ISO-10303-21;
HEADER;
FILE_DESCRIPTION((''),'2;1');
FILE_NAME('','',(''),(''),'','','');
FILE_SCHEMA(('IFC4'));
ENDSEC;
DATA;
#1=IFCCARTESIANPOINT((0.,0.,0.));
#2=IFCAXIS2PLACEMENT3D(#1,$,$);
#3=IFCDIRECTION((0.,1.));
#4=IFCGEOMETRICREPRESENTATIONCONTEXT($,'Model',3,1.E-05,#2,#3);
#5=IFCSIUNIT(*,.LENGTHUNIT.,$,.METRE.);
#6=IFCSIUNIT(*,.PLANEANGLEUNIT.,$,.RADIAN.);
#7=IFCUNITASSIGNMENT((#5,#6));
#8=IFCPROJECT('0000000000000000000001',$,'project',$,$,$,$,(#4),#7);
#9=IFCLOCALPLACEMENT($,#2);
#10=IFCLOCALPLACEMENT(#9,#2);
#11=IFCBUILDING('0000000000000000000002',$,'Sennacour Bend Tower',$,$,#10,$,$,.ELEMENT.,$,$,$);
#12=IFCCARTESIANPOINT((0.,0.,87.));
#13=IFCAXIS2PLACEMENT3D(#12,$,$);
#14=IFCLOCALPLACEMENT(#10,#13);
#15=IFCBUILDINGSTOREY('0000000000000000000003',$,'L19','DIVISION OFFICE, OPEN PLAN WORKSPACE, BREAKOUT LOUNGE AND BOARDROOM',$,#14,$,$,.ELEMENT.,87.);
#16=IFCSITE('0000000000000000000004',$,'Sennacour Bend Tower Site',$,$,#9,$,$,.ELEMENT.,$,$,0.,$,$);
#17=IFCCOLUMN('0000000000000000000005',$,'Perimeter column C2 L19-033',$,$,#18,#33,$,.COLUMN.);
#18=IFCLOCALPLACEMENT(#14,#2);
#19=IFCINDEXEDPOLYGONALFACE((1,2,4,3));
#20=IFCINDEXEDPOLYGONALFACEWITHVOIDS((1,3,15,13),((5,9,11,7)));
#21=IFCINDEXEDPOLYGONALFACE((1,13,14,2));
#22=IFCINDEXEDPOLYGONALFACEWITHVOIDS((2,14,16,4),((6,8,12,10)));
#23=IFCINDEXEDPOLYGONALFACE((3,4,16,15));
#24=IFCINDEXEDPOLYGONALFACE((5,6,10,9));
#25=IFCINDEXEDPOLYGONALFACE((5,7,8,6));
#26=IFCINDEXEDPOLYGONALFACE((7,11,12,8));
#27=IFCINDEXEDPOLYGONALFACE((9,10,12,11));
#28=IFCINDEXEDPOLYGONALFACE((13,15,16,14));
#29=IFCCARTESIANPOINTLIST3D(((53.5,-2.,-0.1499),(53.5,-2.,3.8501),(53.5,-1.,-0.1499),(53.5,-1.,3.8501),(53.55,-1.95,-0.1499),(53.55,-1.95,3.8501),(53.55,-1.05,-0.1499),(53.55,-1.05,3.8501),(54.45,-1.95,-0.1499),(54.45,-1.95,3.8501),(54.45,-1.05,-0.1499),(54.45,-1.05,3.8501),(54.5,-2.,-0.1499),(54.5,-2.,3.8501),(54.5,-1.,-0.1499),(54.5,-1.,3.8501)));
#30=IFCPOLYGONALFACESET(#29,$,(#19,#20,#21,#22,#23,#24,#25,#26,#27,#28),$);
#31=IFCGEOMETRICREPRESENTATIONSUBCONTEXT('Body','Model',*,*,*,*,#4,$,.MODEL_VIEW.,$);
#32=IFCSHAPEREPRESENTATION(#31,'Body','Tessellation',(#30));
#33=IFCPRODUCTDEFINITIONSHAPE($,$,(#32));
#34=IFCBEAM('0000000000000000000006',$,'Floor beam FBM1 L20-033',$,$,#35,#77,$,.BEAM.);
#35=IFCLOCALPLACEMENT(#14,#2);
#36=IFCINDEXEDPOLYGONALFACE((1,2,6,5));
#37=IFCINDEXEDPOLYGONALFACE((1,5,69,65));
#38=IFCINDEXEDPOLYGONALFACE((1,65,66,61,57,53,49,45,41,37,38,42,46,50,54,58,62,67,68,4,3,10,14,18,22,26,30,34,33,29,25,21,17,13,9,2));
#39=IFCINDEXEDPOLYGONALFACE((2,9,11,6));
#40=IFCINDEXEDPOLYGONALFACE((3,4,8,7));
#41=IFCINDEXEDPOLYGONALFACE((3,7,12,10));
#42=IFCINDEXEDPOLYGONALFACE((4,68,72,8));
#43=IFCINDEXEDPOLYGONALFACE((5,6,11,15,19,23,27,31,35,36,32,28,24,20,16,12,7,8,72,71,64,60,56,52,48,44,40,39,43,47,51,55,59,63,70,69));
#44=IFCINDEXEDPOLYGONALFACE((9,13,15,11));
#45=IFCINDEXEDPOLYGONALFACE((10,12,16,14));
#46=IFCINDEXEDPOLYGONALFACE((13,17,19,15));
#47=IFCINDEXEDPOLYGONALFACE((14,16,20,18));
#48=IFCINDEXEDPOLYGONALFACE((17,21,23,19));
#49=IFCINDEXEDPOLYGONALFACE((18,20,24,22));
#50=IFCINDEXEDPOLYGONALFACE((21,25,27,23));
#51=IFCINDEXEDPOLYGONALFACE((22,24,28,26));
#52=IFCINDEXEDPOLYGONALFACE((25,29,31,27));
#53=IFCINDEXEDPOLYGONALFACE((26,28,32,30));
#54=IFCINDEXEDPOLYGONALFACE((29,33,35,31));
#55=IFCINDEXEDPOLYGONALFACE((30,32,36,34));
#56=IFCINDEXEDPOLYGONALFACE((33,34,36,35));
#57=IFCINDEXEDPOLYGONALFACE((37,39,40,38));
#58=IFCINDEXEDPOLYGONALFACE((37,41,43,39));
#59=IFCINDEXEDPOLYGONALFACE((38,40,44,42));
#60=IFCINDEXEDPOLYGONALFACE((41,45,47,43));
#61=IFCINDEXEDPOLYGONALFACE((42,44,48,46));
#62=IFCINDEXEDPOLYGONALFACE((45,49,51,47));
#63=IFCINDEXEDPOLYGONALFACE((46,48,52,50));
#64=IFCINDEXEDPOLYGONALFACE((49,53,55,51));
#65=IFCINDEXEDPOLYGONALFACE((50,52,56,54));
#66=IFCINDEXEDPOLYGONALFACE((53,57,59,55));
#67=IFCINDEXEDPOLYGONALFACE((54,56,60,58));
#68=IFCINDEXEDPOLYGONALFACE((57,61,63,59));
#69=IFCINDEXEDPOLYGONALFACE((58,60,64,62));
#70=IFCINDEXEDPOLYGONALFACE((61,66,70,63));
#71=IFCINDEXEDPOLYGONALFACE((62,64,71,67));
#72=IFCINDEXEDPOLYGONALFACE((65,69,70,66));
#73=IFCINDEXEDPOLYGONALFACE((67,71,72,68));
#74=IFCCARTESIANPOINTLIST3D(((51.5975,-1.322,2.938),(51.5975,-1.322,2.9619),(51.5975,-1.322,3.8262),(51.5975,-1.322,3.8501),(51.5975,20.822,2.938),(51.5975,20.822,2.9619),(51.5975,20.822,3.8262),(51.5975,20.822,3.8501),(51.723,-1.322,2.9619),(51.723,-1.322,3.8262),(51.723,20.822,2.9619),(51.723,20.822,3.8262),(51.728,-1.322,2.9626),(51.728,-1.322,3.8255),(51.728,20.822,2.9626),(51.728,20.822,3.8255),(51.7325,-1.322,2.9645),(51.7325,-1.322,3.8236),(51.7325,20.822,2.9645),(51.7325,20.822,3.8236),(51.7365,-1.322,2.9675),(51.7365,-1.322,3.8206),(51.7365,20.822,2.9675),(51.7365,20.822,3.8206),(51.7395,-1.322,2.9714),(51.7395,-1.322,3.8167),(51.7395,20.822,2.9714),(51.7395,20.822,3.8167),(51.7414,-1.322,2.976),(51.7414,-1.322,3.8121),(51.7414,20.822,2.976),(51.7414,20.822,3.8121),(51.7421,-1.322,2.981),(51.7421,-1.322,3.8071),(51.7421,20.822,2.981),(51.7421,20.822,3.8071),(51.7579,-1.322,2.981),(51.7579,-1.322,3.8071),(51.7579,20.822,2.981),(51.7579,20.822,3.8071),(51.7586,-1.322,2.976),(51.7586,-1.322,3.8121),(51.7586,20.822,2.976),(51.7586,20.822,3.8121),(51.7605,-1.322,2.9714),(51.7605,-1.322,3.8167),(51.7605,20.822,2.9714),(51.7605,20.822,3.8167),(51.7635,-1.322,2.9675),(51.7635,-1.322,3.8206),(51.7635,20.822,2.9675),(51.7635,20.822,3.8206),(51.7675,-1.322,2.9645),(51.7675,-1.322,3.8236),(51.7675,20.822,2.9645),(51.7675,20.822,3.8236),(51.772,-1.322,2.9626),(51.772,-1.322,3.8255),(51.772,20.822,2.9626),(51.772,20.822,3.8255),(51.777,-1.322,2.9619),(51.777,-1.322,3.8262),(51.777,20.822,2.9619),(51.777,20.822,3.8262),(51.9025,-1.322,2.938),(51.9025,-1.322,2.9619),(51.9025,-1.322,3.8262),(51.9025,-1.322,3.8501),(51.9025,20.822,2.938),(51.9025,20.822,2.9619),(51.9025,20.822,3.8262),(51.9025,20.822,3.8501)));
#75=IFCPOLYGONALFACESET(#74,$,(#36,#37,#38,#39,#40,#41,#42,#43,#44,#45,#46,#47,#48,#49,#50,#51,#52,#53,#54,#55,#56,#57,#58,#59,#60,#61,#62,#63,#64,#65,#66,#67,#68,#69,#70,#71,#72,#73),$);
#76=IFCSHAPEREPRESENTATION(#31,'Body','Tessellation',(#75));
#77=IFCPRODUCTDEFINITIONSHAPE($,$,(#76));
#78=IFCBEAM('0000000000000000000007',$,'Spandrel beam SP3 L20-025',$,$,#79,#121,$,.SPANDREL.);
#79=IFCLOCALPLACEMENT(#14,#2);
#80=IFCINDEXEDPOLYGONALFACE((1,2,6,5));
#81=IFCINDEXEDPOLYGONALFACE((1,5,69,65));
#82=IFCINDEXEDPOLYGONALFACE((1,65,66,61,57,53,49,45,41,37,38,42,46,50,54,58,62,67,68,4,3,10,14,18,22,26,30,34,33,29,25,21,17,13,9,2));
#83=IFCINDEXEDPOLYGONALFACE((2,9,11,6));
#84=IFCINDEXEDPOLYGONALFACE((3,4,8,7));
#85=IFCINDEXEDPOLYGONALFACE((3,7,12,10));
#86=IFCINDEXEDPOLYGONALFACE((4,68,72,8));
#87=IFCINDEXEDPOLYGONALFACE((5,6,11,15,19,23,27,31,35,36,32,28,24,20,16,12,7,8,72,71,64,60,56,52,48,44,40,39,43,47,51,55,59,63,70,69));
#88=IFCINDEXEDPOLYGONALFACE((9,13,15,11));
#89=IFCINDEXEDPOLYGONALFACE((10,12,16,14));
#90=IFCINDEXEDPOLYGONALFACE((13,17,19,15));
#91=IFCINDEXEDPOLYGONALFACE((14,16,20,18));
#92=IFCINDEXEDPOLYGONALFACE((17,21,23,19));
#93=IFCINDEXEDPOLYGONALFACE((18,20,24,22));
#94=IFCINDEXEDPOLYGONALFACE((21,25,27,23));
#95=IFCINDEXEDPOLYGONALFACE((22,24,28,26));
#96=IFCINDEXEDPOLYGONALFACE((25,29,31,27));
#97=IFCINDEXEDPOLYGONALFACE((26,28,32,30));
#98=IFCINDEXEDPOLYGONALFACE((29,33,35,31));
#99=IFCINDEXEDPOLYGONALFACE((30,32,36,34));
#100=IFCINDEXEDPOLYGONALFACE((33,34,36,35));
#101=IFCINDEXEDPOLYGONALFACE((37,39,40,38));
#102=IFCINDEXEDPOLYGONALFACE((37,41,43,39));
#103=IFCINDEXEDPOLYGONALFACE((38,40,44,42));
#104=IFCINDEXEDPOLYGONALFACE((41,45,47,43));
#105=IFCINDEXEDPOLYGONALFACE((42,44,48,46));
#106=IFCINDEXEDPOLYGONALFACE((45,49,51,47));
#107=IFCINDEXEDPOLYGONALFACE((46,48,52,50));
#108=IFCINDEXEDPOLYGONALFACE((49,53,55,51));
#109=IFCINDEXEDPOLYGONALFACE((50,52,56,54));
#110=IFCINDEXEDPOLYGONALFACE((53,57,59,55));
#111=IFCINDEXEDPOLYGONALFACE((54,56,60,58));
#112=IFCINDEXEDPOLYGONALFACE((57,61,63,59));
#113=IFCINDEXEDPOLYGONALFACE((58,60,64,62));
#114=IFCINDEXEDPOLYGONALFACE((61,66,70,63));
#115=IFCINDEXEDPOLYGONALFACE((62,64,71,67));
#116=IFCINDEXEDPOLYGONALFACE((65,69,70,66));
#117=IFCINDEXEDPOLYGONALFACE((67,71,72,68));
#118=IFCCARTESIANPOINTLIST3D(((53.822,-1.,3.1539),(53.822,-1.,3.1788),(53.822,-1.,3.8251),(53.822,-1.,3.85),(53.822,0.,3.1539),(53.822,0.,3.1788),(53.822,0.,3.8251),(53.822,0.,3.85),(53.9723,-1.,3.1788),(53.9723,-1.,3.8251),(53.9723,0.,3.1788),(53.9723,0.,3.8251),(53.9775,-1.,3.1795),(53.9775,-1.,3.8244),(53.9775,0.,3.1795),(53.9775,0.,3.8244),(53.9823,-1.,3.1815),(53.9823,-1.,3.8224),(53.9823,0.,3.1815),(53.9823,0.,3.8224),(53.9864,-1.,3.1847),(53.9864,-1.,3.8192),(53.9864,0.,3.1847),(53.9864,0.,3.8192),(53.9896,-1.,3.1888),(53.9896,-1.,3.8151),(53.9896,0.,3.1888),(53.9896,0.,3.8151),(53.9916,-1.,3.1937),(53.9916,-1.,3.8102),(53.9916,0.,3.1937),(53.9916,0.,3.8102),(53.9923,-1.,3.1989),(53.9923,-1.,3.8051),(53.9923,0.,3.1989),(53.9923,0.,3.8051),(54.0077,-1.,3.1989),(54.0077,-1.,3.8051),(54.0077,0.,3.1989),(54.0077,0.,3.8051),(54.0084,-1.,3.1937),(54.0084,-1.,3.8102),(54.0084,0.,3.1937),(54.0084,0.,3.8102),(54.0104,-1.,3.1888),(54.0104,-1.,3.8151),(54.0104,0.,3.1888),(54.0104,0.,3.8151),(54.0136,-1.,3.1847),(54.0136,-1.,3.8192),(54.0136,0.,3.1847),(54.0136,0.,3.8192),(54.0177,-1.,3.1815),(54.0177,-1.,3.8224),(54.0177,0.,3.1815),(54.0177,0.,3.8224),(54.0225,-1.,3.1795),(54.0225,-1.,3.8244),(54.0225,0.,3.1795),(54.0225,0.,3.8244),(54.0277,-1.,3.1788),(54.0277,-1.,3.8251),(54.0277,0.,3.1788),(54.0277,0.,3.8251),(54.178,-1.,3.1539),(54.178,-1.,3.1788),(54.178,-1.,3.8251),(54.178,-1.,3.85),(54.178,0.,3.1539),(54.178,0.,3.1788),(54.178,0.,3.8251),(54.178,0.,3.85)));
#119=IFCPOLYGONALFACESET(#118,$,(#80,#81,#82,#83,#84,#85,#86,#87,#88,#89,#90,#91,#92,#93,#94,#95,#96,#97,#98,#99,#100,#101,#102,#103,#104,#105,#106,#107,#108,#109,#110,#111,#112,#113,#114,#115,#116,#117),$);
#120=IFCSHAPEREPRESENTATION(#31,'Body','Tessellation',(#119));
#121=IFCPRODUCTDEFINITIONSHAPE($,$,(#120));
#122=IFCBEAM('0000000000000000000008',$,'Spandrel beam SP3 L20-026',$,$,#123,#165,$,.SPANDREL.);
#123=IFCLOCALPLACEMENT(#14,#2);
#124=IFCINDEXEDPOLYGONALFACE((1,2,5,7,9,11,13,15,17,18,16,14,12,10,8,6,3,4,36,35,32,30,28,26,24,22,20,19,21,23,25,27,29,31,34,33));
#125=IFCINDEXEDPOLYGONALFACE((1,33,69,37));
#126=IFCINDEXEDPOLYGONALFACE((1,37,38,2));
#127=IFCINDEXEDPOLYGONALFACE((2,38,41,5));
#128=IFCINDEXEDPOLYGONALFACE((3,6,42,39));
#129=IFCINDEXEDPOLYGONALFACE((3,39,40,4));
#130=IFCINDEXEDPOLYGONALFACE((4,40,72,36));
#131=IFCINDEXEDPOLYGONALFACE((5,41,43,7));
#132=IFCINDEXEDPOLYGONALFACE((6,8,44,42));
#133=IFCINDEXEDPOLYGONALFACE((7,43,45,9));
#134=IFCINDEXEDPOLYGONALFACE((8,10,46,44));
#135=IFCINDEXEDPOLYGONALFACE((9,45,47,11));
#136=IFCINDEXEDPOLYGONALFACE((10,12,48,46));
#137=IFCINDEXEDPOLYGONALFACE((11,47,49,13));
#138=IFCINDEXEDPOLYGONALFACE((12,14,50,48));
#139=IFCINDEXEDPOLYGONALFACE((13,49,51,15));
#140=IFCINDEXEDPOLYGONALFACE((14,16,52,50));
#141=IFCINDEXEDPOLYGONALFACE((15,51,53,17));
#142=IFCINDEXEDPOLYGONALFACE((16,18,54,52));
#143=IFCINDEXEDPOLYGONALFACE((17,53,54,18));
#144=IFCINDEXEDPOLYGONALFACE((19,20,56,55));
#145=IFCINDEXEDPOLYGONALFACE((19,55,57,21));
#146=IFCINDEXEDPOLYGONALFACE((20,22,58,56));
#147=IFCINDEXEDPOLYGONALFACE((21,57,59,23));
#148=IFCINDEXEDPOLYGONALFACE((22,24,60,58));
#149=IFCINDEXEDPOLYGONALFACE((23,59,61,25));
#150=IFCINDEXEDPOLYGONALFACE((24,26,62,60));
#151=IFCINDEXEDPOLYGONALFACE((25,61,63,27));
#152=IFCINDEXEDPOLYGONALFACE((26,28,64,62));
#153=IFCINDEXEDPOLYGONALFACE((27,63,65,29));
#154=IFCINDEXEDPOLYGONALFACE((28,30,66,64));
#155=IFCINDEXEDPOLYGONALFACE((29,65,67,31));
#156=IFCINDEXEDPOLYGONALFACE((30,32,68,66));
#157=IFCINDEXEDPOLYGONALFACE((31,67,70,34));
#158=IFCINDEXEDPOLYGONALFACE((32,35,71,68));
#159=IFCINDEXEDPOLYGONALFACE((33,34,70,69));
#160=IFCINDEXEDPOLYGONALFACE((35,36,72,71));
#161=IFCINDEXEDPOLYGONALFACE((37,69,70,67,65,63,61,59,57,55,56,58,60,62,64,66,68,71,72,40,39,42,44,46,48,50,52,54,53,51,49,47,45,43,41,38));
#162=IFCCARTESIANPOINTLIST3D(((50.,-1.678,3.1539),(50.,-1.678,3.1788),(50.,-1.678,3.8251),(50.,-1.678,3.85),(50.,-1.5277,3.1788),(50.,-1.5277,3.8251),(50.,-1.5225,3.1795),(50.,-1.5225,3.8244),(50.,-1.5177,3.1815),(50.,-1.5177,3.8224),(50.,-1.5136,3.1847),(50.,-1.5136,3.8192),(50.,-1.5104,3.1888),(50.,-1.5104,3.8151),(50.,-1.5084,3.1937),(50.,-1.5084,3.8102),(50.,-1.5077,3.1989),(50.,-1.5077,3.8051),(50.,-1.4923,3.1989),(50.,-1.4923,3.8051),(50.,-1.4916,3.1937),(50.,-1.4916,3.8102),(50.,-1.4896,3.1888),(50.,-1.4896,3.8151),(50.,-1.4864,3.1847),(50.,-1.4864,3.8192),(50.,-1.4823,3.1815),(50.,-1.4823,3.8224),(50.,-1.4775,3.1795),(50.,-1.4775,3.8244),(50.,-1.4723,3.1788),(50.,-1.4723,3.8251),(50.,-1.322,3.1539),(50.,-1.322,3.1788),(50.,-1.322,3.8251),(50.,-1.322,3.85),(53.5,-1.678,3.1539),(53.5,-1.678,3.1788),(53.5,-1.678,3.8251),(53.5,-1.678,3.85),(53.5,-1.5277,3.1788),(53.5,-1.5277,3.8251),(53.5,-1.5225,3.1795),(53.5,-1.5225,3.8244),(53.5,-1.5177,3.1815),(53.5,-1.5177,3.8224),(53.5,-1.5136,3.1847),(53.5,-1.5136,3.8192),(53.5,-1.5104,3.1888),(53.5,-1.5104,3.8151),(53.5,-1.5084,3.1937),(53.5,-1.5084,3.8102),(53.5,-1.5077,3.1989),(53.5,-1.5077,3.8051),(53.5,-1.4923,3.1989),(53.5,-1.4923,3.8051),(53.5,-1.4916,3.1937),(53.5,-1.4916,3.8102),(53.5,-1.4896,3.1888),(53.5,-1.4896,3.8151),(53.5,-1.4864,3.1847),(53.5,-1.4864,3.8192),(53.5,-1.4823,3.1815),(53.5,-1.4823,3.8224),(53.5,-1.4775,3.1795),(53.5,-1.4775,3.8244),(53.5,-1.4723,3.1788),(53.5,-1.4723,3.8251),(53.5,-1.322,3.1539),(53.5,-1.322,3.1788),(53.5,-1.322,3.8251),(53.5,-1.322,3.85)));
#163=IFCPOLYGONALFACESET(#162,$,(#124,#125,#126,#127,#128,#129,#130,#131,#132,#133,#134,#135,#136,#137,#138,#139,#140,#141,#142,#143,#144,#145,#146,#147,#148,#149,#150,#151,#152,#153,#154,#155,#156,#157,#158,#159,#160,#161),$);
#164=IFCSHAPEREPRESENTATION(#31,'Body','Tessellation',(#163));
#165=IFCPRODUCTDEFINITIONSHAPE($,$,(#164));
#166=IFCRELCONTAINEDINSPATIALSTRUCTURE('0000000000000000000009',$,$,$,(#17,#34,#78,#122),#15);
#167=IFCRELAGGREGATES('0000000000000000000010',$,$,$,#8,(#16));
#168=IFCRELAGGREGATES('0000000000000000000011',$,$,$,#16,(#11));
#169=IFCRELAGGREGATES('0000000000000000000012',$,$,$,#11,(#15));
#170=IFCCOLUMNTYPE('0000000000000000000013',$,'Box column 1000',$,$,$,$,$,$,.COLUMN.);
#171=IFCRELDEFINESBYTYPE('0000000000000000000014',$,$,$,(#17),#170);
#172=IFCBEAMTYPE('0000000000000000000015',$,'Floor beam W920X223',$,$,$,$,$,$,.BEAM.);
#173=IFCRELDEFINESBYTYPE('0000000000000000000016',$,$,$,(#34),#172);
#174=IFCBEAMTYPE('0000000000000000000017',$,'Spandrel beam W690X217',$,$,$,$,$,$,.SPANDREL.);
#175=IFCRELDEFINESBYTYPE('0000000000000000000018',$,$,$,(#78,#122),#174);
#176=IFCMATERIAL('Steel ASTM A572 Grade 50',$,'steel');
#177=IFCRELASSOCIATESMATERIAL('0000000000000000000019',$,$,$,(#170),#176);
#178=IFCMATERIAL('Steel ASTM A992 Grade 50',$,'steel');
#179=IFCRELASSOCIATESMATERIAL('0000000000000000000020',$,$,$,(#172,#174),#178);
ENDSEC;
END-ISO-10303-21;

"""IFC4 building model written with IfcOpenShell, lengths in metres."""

from ifc_helpers import new_model, si_unit, direction, frame, origin, origin_2d, place, context, subcontext, project, spatial, hollow_rectangle, i_section, extrude, material, material_profile, profile_set, type_object, element, save


model = new_model("IFC4")

# Units and contexts
model_context = context("Model", 3, precision=1e-05, world=origin(), true_north=direction((0.0, 1.0)))
body_context = subcontext(model_context, "Body", "Model", "MODEL_VIEW")
ifc_project = project(units=[si_unit("LENGTHUNIT", "METRE"), si_unit("PLANEANGLEUNIT", "RADIAN")], contexts=[model_context])

# Site, building, storey
site_placement = place(None, origin())
site = spatial("IfcSite", under=ifc_project, at=site_placement, Name="Sennacour Bend Tower Site", CompositionType="ELEMENT", RefElevation=0.0)
building_placement = place(site_placement, origin())
building = spatial("IfcBuilding", under=site, at=building_placement, Name="Sennacour Bend Tower", CompositionType="ELEMENT")
storey_placement = place(building_placement, frame((0.0, 0.0, 87.0)))
storey = spatial("IfcBuildingStorey", under=building, at=storey_placement, Name="L19", Description="DIVISION OFFICE, OPEN PLAN WORKSPACE, BREAKOUT LOUNGE AND BOARDROOM", CompositionType="ELEMENT", Elevation=87.0)

# Column
ifc_material_1 = material(Name="Steel ASTM A572 Grade 50", Category="steel")
ifc_material_profile_1 = material_profile(ifc_material_1, hollow_rectangle(XDim=1.0, YDim=1.0, WallThickness=0.05, at=origin_2d()), Name="Steel ASTM A572 Grade 50", Category="steel")
ifc_profile_set_1 = profile_set([ifc_material_profile_1], Name="Steel ASTM A572 Grade 50")
column_type = type_object("IfcColumnType", Name="Box column 1000", PredefinedType="COLUMN", material=ifc_profile_set_1)
column_placement = place(storey_placement, frame((54.0, -1.5, -0.1499), z_axis=(0.0, 0.0, 1.0), x_axis=(1.0, 0.0, 0.0)))
element("IfcColumn", 1, at=column_placement, inside=storey, type_object=column_type, Name="Perimeter column C2 L19-033", PredefinedType="COLUMN", context=body_context, shape_type="SweptSolid", body=[
    extrude(hollow_rectangle(XDim=1.0, YDim=1.0, WallThickness=0.05, at=origin_2d()), origin(), (0.0, 0.0, 1.0), 4.0),
])

# Beams
ifc_material_2 = material(Name="Steel ASTM A992 Grade 50", Category="steel")
ifc_material_profile_2 = material_profile(ifc_material_2, i_section(OverallWidth=0.3049, OverallDepth=0.9121, WebThickness=0.0159, FlangeThickness=0.0239, FilletRadius=0.019, at=origin_2d()), Name="Steel ASTM A992 Grade 50", Category="steel")
ifc_profile_set_2 = profile_set([ifc_material_profile_2], Name="Steel ASTM A992 Grade 50")
beam_type_1 = type_object("IfcBeamType", Name="Floor beam W920X223", PredefinedType="BEAM", material=ifc_profile_set_2)
beam_1_placement = place(storey_placement, frame((51.75, -1.322, 3.394), z_axis=(0.0, 1.0, 0.0), x_axis=(-1.0, 0.0, 0.0)))
element("IfcBeam", 2, at=beam_1_placement, inside=storey, type_object=beam_type_1, Name="Floor beam FBM1 L20-033", PredefinedType="BEAM", context=body_context, shape_type="SweptSolid", body=[
    extrude(i_section(OverallWidth=0.3049, OverallDepth=0.9121, WebThickness=0.0159, FlangeThickness=0.0239, FilletRadius=0.019, at=origin_2d()), origin(), (0.0, 0.0, 1.0), 22.144),
])
ifc_material_profile_3 = material_profile(ifc_material_2, i_section(OverallWidth=0.356, OverallDepth=0.696, WebThickness=0.0154, FlangeThickness=0.0249, FilletRadius=0.02, at=origin_2d()), Name="Steel ASTM A992 Grade 50", Category="steel")
ifc_profile_set_3 = profile_set([ifc_material_profile_3], Name="Steel ASTM A992 Grade 50")
beam_type_2 = type_object("IfcBeamType", Name="Spandrel beam W690X217", PredefinedType="SPANDREL", material=ifc_profile_set_3)
beam_2_placement = place(storey_placement, frame((54.0, 0.0, 3.502), z_axis=(0.0, -1.0, 0.0), x_axis=(1.0, 0.0, 0.0)))
element("IfcBeam", 3, at=beam_2_placement, inside=storey, type_object=beam_type_2, Name="Spandrel beam SP3 L20-025", PredefinedType="SPANDREL", context=body_context, shape_type="SweptSolid", body=[
    extrude(i_section(OverallWidth=0.356, OverallDepth=0.696, WebThickness=0.0154, FlangeThickness=0.0249, FilletRadius=0.02, at=origin_2d()), origin(), (0.0, 0.0, 1.0), 1.0),
])
beam_3_placement = place(storey_placement, frame((53.5, -1.5, 3.502), z_axis=(-1.0, 0.0, 0.0), x_axis=(0.0, -1.0, 0.0)))
element("IfcBeam", 4, at=beam_3_placement, inside=storey, type_object=beam_type_2, Name="Spandrel beam SP3 L20-026", PredefinedType="SPANDREL", context=body_context, shape_type="SweptSolid", body=[
    extrude(i_section(OverallWidth=0.356, OverallDepth=0.696, WebThickness=0.0154, FlangeThickness=0.0249, FilletRadius=0.02, at=origin_2d()), origin(), (0.0, 0.0, 1.0), 3.5),
])

save(model, "model.ifc")
